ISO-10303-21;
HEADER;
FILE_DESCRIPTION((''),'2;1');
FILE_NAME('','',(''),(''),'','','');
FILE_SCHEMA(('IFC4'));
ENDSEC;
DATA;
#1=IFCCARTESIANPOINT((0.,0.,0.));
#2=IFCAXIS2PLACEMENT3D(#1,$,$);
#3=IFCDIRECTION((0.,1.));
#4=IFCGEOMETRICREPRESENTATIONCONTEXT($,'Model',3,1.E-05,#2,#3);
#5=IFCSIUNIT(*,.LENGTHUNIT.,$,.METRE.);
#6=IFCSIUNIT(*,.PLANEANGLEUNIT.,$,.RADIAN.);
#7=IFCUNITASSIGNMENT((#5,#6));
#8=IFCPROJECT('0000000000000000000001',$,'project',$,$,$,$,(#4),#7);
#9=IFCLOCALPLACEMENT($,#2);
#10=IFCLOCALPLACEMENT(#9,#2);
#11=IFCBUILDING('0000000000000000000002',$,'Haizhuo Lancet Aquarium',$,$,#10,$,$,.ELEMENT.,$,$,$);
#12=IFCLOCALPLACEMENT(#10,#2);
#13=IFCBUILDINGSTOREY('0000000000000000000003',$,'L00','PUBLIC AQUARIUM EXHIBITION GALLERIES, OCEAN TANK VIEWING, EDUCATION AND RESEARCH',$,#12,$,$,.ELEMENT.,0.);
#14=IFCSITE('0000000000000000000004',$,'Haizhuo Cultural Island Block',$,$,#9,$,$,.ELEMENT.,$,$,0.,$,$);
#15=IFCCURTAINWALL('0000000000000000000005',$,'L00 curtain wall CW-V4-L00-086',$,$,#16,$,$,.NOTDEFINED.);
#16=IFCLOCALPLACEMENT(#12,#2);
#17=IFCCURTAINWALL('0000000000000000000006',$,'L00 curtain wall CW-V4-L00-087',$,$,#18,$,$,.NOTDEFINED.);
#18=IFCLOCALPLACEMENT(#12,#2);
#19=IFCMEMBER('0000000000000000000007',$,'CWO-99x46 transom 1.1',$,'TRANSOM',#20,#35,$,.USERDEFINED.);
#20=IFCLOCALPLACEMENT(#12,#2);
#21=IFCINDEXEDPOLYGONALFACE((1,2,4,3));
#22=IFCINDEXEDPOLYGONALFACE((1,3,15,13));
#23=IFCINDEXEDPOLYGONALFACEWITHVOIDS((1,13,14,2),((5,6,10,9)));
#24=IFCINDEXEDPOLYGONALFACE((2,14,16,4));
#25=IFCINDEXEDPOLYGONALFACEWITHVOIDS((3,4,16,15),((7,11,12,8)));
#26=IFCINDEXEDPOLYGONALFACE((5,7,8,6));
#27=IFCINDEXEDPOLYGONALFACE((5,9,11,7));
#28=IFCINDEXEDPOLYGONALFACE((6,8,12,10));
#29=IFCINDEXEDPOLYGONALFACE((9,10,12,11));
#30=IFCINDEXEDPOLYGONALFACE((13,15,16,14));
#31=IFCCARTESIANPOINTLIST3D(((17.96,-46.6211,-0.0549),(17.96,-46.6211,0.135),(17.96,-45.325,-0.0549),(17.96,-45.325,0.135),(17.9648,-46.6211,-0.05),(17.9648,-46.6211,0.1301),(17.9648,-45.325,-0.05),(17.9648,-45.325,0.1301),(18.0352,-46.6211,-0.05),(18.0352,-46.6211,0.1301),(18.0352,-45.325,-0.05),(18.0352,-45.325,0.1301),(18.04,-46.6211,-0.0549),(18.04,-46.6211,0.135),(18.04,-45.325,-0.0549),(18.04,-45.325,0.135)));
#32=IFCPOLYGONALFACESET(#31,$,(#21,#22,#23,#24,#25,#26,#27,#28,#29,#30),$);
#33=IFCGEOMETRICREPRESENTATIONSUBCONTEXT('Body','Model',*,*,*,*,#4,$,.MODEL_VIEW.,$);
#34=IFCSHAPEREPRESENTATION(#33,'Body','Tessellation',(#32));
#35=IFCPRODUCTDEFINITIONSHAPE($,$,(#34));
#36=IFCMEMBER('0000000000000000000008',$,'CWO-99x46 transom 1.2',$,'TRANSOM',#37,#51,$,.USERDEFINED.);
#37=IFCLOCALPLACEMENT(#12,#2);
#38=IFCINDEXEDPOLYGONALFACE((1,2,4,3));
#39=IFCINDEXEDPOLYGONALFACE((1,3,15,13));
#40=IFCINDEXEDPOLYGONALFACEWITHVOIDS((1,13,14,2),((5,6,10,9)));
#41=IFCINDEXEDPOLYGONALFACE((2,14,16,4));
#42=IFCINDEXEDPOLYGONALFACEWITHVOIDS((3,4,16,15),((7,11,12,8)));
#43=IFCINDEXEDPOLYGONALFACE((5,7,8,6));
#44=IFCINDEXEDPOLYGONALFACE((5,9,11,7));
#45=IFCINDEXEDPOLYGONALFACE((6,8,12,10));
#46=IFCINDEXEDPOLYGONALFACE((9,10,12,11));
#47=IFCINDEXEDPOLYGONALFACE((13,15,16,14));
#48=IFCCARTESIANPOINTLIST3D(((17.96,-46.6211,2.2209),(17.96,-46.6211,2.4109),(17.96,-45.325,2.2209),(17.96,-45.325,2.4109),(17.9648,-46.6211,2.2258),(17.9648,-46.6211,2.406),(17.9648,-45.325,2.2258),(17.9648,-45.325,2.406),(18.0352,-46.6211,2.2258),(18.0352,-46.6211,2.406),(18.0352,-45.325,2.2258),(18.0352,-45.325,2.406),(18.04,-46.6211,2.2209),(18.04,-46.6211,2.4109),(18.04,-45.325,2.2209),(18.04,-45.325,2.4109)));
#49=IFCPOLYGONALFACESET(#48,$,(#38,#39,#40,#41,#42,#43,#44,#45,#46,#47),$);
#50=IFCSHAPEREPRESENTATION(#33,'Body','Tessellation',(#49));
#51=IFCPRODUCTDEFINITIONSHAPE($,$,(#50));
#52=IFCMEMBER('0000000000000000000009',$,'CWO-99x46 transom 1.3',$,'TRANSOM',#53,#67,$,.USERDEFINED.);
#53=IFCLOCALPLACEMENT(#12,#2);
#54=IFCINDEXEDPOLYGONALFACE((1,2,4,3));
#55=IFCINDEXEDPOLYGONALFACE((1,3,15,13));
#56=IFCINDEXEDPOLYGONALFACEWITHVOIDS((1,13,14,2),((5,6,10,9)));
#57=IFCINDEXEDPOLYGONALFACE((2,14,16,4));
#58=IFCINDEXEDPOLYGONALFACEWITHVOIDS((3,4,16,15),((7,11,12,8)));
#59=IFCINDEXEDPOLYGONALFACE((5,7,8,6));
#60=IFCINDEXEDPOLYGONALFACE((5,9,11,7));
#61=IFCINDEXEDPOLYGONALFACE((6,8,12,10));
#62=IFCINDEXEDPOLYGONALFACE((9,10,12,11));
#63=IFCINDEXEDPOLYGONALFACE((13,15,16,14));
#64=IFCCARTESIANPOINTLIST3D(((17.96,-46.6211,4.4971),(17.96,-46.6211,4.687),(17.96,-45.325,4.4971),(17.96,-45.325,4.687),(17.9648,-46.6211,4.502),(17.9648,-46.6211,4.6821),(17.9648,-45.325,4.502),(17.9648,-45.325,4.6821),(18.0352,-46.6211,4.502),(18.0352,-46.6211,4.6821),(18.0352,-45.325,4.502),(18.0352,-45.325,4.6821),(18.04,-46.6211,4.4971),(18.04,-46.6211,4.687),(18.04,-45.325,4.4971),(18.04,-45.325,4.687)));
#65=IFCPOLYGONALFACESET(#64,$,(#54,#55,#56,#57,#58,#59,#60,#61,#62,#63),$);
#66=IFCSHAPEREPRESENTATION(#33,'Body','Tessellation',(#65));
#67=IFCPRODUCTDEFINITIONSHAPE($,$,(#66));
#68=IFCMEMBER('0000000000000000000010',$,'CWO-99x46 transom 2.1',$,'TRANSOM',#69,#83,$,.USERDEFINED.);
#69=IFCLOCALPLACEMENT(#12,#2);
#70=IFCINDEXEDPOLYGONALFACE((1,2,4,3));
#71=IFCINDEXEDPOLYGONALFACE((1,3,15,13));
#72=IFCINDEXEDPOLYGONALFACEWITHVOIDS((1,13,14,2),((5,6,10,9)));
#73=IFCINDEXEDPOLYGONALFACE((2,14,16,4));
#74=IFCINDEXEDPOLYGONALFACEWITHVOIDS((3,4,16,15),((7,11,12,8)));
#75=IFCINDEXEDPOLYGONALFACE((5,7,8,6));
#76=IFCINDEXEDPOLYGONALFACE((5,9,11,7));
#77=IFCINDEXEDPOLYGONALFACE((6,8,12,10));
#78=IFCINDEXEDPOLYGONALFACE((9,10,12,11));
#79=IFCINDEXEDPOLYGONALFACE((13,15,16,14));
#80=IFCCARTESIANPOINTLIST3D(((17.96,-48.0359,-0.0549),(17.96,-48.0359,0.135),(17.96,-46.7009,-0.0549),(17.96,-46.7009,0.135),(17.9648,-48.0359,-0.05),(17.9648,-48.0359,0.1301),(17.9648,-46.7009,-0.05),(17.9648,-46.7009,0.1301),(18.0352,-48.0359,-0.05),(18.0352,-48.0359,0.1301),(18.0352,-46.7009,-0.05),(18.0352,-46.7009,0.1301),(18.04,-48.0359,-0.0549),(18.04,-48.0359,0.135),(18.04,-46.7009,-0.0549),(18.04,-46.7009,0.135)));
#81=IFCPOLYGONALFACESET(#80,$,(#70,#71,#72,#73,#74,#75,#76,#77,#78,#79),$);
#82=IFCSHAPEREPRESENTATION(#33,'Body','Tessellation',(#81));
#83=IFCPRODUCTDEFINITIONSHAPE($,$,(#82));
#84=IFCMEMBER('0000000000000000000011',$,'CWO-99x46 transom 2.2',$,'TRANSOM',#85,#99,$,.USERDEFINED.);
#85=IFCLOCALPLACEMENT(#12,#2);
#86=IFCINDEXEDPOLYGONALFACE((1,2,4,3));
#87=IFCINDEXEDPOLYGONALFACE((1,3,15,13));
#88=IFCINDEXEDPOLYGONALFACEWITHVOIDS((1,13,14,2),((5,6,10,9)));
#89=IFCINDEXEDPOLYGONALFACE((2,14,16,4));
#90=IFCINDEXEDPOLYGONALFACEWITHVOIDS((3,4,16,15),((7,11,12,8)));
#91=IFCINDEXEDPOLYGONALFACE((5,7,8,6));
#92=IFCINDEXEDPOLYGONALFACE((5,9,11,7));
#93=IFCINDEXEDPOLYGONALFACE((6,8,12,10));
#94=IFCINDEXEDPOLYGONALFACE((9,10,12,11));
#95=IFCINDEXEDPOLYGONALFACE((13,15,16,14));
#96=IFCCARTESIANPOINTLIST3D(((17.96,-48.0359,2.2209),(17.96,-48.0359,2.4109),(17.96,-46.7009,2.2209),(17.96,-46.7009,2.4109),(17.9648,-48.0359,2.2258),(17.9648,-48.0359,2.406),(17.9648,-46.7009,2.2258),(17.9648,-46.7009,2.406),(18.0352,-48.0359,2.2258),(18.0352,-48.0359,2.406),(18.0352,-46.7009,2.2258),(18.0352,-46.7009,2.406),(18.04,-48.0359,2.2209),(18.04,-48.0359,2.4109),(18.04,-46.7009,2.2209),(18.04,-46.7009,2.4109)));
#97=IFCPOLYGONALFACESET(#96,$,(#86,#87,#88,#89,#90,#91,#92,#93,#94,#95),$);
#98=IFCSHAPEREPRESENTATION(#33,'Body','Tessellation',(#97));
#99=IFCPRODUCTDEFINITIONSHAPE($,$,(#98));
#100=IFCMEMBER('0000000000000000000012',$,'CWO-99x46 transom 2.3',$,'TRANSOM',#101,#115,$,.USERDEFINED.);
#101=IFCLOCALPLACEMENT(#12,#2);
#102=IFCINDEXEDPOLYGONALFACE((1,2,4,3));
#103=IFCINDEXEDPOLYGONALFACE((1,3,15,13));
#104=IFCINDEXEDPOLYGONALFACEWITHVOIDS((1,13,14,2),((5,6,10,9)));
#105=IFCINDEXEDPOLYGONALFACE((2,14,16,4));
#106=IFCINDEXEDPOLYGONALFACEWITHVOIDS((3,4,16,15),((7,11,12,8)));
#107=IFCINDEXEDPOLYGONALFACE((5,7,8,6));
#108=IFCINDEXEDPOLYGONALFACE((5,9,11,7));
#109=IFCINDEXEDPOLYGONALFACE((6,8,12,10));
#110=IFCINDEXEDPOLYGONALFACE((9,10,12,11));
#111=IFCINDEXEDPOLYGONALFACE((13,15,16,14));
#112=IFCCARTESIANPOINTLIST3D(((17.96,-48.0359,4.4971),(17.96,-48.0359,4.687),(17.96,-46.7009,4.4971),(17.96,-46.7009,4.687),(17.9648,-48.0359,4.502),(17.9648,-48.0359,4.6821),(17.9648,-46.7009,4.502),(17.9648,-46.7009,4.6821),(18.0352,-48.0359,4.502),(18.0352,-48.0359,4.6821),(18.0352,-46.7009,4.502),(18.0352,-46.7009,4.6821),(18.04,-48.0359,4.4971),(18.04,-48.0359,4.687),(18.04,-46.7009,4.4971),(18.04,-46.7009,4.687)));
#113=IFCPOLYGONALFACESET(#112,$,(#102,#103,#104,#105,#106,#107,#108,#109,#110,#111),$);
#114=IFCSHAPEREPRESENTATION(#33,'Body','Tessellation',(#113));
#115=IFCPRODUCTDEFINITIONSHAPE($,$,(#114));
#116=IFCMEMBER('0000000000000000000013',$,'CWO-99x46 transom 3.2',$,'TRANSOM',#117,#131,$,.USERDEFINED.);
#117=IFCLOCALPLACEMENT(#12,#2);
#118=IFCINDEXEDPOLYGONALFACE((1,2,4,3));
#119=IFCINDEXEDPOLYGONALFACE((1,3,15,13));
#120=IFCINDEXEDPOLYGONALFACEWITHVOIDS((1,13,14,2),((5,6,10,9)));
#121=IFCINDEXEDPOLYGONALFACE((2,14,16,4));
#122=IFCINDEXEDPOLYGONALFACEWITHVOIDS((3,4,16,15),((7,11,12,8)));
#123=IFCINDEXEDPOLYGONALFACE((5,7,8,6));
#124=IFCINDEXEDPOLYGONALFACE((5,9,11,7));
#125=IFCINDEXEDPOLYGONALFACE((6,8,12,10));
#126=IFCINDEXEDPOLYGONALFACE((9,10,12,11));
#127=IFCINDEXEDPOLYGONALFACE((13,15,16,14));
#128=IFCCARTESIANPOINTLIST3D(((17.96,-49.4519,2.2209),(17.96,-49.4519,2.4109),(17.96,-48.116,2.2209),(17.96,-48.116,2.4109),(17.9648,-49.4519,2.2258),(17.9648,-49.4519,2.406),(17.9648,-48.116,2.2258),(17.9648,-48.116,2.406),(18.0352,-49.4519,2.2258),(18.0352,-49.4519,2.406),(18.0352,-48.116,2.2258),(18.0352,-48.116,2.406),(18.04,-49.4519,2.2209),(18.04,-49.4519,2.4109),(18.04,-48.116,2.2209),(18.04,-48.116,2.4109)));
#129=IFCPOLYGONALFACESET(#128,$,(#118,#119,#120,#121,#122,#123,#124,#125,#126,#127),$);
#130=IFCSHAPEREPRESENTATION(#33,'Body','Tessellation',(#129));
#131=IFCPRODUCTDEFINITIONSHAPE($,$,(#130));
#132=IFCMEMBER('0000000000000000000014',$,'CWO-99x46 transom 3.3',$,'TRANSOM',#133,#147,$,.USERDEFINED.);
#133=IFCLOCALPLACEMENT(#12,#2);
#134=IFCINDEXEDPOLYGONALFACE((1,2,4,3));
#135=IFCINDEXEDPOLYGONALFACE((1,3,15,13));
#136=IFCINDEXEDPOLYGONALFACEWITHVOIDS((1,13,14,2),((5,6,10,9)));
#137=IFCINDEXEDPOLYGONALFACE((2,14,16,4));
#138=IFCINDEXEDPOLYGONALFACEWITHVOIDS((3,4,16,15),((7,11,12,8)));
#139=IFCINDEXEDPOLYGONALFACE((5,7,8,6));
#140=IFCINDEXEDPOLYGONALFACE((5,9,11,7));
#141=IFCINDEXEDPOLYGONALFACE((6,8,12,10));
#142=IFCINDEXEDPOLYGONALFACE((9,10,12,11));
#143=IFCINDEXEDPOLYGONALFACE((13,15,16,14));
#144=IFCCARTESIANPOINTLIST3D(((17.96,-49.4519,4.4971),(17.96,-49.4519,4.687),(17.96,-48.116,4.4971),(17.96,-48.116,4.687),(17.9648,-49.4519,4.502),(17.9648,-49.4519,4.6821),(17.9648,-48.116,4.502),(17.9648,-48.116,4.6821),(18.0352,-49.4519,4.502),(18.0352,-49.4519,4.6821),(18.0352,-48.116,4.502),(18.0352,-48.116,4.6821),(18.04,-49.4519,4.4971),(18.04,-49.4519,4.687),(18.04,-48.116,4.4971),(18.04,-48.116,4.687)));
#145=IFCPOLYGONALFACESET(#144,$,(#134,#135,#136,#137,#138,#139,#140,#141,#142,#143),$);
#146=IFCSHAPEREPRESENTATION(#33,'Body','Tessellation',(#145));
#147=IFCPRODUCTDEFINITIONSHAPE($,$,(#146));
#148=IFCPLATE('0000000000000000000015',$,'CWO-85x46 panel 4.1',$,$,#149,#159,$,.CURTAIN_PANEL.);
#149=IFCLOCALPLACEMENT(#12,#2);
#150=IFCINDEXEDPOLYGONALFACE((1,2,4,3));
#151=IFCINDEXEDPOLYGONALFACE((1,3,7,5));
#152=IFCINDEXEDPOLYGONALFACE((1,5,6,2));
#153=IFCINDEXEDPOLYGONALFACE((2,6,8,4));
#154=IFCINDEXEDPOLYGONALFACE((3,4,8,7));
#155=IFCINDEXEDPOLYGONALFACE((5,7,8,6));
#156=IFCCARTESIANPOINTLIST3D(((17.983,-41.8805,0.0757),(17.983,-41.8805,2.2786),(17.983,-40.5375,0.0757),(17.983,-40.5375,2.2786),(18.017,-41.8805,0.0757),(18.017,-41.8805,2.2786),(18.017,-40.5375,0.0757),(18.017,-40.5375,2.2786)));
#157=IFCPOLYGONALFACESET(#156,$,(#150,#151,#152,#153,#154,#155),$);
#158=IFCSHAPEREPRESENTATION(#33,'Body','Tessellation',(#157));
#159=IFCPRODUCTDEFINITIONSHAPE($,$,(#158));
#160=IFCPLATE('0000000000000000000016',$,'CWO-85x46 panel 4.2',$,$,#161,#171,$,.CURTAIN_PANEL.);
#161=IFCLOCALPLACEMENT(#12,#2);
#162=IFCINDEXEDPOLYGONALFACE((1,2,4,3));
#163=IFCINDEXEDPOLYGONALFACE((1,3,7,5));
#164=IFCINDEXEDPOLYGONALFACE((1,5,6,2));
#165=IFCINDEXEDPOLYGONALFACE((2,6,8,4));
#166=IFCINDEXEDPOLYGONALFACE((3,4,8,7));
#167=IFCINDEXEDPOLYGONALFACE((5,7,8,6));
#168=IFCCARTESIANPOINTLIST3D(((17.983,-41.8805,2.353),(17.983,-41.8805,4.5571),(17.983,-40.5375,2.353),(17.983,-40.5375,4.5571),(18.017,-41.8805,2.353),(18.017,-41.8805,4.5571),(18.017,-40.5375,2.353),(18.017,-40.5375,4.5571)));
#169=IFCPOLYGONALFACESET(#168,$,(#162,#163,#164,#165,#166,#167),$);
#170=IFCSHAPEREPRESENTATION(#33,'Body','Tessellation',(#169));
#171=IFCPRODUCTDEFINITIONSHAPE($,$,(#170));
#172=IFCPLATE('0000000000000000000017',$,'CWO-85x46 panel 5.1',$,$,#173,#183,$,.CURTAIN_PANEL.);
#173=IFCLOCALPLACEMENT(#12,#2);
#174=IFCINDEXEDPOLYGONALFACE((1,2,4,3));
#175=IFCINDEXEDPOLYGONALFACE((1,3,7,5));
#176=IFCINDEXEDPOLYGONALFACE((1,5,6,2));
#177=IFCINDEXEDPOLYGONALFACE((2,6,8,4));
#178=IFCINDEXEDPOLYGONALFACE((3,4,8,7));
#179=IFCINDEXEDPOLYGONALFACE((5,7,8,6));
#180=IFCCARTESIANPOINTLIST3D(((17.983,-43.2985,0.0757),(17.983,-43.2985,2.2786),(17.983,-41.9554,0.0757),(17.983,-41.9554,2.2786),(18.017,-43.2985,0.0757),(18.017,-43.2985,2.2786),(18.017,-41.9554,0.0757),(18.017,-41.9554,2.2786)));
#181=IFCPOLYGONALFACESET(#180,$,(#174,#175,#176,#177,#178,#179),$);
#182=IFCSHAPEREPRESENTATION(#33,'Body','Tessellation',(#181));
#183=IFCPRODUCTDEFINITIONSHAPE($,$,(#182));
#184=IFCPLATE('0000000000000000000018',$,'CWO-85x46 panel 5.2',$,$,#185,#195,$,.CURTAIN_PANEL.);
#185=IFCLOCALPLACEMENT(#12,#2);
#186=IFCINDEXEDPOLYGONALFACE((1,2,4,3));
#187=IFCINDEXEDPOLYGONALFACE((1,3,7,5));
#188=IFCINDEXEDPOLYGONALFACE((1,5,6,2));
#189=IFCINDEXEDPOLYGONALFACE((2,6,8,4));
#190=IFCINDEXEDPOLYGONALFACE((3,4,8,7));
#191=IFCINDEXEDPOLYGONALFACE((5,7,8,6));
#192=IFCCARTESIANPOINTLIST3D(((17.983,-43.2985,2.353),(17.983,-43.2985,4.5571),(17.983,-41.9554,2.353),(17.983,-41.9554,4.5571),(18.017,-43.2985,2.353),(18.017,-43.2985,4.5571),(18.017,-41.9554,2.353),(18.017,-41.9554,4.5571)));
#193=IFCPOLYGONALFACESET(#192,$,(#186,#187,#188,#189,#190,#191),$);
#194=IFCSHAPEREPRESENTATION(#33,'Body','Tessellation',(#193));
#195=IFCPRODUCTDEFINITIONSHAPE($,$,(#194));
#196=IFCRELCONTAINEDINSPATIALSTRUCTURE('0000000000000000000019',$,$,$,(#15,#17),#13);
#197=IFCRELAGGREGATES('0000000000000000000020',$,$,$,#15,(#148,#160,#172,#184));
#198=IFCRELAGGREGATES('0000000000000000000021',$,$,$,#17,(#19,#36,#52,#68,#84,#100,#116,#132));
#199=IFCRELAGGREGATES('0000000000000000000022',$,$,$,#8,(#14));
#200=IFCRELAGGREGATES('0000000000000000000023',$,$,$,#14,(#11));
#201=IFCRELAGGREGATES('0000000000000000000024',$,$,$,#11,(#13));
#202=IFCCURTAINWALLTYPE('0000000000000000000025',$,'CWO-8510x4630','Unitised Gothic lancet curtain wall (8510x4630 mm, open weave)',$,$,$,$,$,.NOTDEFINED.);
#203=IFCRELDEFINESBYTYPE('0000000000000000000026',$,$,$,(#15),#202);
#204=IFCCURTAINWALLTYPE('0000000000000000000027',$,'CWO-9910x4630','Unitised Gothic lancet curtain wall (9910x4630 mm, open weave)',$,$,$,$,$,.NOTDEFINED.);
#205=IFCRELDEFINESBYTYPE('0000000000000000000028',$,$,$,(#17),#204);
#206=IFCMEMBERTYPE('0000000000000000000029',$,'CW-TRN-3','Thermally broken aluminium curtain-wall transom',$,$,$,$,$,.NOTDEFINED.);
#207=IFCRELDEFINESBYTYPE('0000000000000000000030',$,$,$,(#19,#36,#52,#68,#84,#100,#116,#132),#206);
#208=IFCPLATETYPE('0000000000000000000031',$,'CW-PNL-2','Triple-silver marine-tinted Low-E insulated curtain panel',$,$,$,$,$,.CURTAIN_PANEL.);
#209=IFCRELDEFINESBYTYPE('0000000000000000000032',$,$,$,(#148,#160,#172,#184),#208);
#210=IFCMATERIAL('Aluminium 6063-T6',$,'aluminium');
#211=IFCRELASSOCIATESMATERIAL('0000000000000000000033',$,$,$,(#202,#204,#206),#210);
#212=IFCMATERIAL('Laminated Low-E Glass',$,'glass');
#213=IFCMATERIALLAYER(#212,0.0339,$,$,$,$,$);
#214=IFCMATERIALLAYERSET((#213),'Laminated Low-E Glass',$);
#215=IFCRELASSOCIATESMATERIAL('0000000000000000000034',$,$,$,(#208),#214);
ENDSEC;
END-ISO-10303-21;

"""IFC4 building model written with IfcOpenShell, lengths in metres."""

from ifc_helpers import new_model, si_unit, direction, frame, origin, origin_2d, place, context, subcontext, project, spatial, rectangle, hollow_rectangle, extrude, material, layer, layer_set, material_profile, profile_set, type_object, element, aggregate, save


model = new_model("IFC4")

# Units and contexts
model_context = context("Model", 3, precision=1e-05, world=origin(), true_north=direction((0.0, 1.0)))
body_context = subcontext(model_context, "Body", "Model", "MODEL_VIEW")
ifc_project = project(units=[si_unit("LENGTHUNIT", "METRE"), si_unit("PLANEANGLEUNIT", "RADIAN")], contexts=[model_context])

# Site, building, storey
site_placement = place(None, origin())
site = spatial("IfcSite", under=ifc_project, at=site_placement, Name="Haizhuo Cultural Island Block", CompositionType="ELEMENT", RefElevation=0.0)
building_placement = place(site_placement, origin())
building = spatial("IfcBuilding", under=site, at=building_placement, Name="Haizhuo Lancet Aquarium", CompositionType="ELEMENT")
storey_placement = place(building_placement, origin())
storey = spatial("IfcBuildingStorey", under=building, at=storey_placement, Name="L00", Description="PUBLIC AQUARIUM EXHIBITION GALLERIES, OCEAN TANK VIEWING, EDUCATION AND RESEARCH", CompositionType="ELEMENT", Elevation=0.0)

# Curtain walls
ifc_material_1 = material(Name="Aluminium 6063-T6", Category="aluminium")
curtain_wall_type_1 = type_object("IfcCurtainWallType", Name="CWO-8510x4630", Description="Unitised Gothic lancet curtain wall (8510x4630 mm, open weave)", PredefinedType="NOTDEFINED", material=ifc_material_1)
curtain_wall_1_placement = place(storey_placement, origin())
curtain_wall_1 = element("IfcCurtainWall", 1, at=curtain_wall_1_placement, inside=storey, type_object=curtain_wall_type_1, Name="L00 curtain wall CW-V4-L00-086", PredefinedType="NOTDEFINED")
curtain_wall_type_2 = type_object("IfcCurtainWallType", Name="CWO-9910x4630", Description="Unitised Gothic lancet curtain wall (9910x4630 mm, open weave)", PredefinedType="NOTDEFINED", material=ifc_material_1)
curtain_wall_2_placement = place(storey_placement, origin())
curtain_wall_2 = element("IfcCurtainWall", 2, at=curtain_wall_2_placement, inside=storey, type_object=curtain_wall_type_2, Name="L00 curtain wall CW-V4-L00-087", PredefinedType="NOTDEFINED")

# Members
ifc_material_profile_1 = material_profile(ifc_material_1, hollow_rectangle(XDim=0.0801, YDim=0.1899, WallThickness=0.0049, at=origin_2d()), Name="ALU-T 80x190x5")
ifc_profile_set_1 = profile_set([ifc_material_profile_1], Name="Aluminium 6063-T6")
member_type_1 = type_object("IfcMemberType", Name="CW-TRN-3", Description="Thermally broken aluminium curtain-wall transom", PredefinedType="NOTDEFINED", material=ifc_profile_set_1)
member_1_placement = place(storey_placement, frame((18.0, -45.325, 0.04), z_axis=(0.0, -1.0, 0.0), x_axis=(1.0, 0.0, 0.0)))
member_1 = element("IfcMember", 3, at=member_1_placement, type_object=member_type_1, Name="CWO-99x46 transom 1.1", ObjectType="TRANSOM", PredefinedType="USERDEFINED", context=body_context, shape_type="SweptSolid", body=[
    extrude(hollow_rectangle(XDim=0.0801, YDim=0.1899, WallThickness=0.0049, at=origin_2d()), origin(), (0.0, 0.0, 1.0), 1.2961),
])
member_2_placement = place(storey_placement, frame((18.0, -45.325, 2.3159), z_axis=(0.0, -1.0, 0.0), x_axis=(1.0, 0.0, 0.0)))
member_2 = element("IfcMember", 4, at=member_2_placement, type_object=member_type_1, Name="CWO-99x46 transom 1.2", ObjectType="TRANSOM", PredefinedType="USERDEFINED", context=body_context, shape_type="SweptSolid", body=[
    extrude(hollow_rectangle(XDim=0.0801, YDim=0.1899, WallThickness=0.0049, at=origin_2d()), origin(), (0.0, 0.0, 1.0), 1.2961),
])
member_3_placement = place(storey_placement, frame((18.0, -45.325, 4.592), z_axis=(0.0, -1.0, 0.0), x_axis=(1.0, 0.0, 0.0)))
member_3 = element("IfcMember", 5, at=member_3_placement, type_object=member_type_1, Name="CWO-99x46 transom 1.3", ObjectType="TRANSOM", PredefinedType="USERDEFINED", context=body_context, shape_type="SweptSolid", body=[
    extrude(hollow_rectangle(XDim=0.0801, YDim=0.1899, WallThickness=0.0049, at=origin_2d()), origin(), (0.0, 0.0, 1.0), 1.2961),
])
member_4_placement = place(storey_placement, frame((18.0, -46.7009, 0.04), z_axis=(0.0, -1.0, 0.0), x_axis=(1.0, 0.0, 0.0)))
member_4 = element("IfcMember", 6, at=member_4_placement, type_object=member_type_1, Name="CWO-99x46 transom 2.1", ObjectType="TRANSOM", PredefinedType="USERDEFINED", context=body_context, shape_type="SweptSolid", body=[
    extrude(hollow_rectangle(XDim=0.0801, YDim=0.1899, WallThickness=0.0049, at=origin_2d()), origin(), (0.0, 0.0, 1.0), 1.335),
])
member_5_placement = place(storey_placement, frame((18.0, -46.7009, 2.3159), z_axis=(0.0, -1.0, 0.0), x_axis=(1.0, 0.0, 0.0)))
member_5 = element("IfcMember", 7, at=member_5_placement, type_object=member_type_1, Name="CWO-99x46 transom 2.2", ObjectType="TRANSOM", PredefinedType="USERDEFINED", context=body_context, shape_type="SweptSolid", body=[
    extrude(hollow_rectangle(XDim=0.0801, YDim=0.1899, WallThickness=0.0049, at=origin_2d()), origin(), (0.0, 0.0, 1.0), 1.335),
])
member_6_placement = place(storey_placement, frame((18.0, -46.7009, 4.592), z_axis=(0.0, -1.0, 0.0), x_axis=(1.0, 0.0, 0.0)))
member_6 = element("IfcMember", 8, at=member_6_placement, type_object=member_type_1, Name="CWO-99x46 transom 2.3", ObjectType="TRANSOM", PredefinedType="USERDEFINED", context=body_context, shape_type="SweptSolid", body=[
    extrude(hollow_rectangle(XDim=0.0801, YDim=0.1899, WallThickness=0.0049, at=origin_2d()), origin(), (0.0, 0.0, 1.0), 1.335),
])
member_7_placement = place(storey_placement, frame((18.0, -48.116, 2.3159), z_axis=(0.0, -1.0, 0.0), x_axis=(1.0, 0.0, 0.0)))
member_7 = element("IfcMember", 9, at=member_7_placement, type_object=member_type_1, Name="CWO-99x46 transom 3.2", ObjectType="TRANSOM", PredefinedType="USERDEFINED", context=body_context, shape_type="SweptSolid", body=[
    extrude(hollow_rectangle(XDim=0.0801, YDim=0.1899, WallThickness=0.0049, at=origin_2d()), origin(), (0.0, 0.0, 1.0), 1.3359),
])
member_8_placement = place(storey_placement, frame((18.0, -48.116, 4.592), z_axis=(0.0, -1.0, 0.0), x_axis=(1.0, 0.0, 0.0)))
member_8 = element("IfcMember", 10, at=member_8_placement, type_object=member_type_1, Name="CWO-99x46 transom 3.3", ObjectType="TRANSOM", PredefinedType="USERDEFINED", context=body_context, shape_type="SweptSolid", body=[
    extrude(hollow_rectangle(XDim=0.0801, YDim=0.1899, WallThickness=0.0049, at=origin_2d()), origin(), (0.0, 0.0, 1.0), 1.3359),
])

# Plates
ifc_material_2 = material(Name="Laminated Low-E Glass", Category="glass")
ifc_layer_1 = layer(ifc_material_2, 0.0339)
ifc_layer_set_1 = layer_set([ifc_layer_1], Name="Laminated Low-E Glass")
plate_type_1 = type_object("IfcPlateType", Name="CW-PNL-2", Description="Triple-silver marine-tinted Low-E insulated curtain panel", PredefinedType="CURTAIN_PANEL", material=ifc_layer_set_1)
plate_1_placement = place(storey_placement, frame((18.0, -41.209, 0.0757), z_axis=(0.0, 0.0, 1.0), x_axis=(0.0, -1.0, 0.0)))
plate_1 = element("IfcPlate", 11, at=plate_1_placement, type_object=plate_type_1, Name="CWO-85x46 panel 4.1", PredefinedType="CURTAIN_PANEL", context=body_context, shape_type="SweptSolid", body=[
    extrude(rectangle(XDim=1.343, YDim=0.0339, at=origin_2d()), origin(), (0.0, 0.0, 1.0), 2.2029),
])
plate_2_placement = place(storey_placement, frame((18.0, -41.209, 2.353), z_axis=(0.0, 0.0, 1.0), x_axis=(0.0, -1.0, 0.0)))
plate_2 = element("IfcPlate", 12, at=plate_2_placement, type_object=plate_type_1, Name="CWO-85x46 panel 4.2", PredefinedType="CURTAIN_PANEL", context=body_context, shape_type="SweptSolid", body=[
    extrude(rectangle(XDim=1.343, YDim=0.0339, at=origin_2d()), origin(), (0.0, 0.0, 1.0), 2.2041),
])
plate_3_placement = place(storey_placement, frame((18.0, -42.627, 0.0757), z_axis=(0.0, 0.0, 1.0), x_axis=(0.0, -1.0, 0.0)))
plate_3 = element("IfcPlate", 13, at=plate_3_placement, type_object=plate_type_1, Name="CWO-85x46 panel 5.1", PredefinedType="CURTAIN_PANEL", context=body_context, shape_type="SweptSolid", body=[
    extrude(rectangle(XDim=1.343, YDim=0.0339, at=origin_2d()), origin(), (0.0, 0.0, 1.0), 2.2029),
])
plate_4_placement = place(storey_placement, frame((18.0, -42.627, 2.353), z_axis=(0.0, 0.0, 1.0), x_axis=(0.0, -1.0, 0.0)))
plate_4 = element("IfcPlate", 14, at=plate_4_placement, type_object=plate_type_1, Name="CWO-85x46 panel 5.2", PredefinedType="CURTAIN_PANEL", context=body_context, shape_type="SweptSolid", body=[
    extrude(rectangle(XDim=1.343, YDim=0.0339, at=origin_2d()), origin(), (0.0, 0.0, 1.0), 2.2041),
])
aggregate(curtain_wall_1, [plate_1, plate_2, plate_3, plate_4])
aggregate(curtain_wall_2, [member_1, member_2, member_3, member_4, member_5, member_6, member_7, member_8])

save(model, "model.ifc")
